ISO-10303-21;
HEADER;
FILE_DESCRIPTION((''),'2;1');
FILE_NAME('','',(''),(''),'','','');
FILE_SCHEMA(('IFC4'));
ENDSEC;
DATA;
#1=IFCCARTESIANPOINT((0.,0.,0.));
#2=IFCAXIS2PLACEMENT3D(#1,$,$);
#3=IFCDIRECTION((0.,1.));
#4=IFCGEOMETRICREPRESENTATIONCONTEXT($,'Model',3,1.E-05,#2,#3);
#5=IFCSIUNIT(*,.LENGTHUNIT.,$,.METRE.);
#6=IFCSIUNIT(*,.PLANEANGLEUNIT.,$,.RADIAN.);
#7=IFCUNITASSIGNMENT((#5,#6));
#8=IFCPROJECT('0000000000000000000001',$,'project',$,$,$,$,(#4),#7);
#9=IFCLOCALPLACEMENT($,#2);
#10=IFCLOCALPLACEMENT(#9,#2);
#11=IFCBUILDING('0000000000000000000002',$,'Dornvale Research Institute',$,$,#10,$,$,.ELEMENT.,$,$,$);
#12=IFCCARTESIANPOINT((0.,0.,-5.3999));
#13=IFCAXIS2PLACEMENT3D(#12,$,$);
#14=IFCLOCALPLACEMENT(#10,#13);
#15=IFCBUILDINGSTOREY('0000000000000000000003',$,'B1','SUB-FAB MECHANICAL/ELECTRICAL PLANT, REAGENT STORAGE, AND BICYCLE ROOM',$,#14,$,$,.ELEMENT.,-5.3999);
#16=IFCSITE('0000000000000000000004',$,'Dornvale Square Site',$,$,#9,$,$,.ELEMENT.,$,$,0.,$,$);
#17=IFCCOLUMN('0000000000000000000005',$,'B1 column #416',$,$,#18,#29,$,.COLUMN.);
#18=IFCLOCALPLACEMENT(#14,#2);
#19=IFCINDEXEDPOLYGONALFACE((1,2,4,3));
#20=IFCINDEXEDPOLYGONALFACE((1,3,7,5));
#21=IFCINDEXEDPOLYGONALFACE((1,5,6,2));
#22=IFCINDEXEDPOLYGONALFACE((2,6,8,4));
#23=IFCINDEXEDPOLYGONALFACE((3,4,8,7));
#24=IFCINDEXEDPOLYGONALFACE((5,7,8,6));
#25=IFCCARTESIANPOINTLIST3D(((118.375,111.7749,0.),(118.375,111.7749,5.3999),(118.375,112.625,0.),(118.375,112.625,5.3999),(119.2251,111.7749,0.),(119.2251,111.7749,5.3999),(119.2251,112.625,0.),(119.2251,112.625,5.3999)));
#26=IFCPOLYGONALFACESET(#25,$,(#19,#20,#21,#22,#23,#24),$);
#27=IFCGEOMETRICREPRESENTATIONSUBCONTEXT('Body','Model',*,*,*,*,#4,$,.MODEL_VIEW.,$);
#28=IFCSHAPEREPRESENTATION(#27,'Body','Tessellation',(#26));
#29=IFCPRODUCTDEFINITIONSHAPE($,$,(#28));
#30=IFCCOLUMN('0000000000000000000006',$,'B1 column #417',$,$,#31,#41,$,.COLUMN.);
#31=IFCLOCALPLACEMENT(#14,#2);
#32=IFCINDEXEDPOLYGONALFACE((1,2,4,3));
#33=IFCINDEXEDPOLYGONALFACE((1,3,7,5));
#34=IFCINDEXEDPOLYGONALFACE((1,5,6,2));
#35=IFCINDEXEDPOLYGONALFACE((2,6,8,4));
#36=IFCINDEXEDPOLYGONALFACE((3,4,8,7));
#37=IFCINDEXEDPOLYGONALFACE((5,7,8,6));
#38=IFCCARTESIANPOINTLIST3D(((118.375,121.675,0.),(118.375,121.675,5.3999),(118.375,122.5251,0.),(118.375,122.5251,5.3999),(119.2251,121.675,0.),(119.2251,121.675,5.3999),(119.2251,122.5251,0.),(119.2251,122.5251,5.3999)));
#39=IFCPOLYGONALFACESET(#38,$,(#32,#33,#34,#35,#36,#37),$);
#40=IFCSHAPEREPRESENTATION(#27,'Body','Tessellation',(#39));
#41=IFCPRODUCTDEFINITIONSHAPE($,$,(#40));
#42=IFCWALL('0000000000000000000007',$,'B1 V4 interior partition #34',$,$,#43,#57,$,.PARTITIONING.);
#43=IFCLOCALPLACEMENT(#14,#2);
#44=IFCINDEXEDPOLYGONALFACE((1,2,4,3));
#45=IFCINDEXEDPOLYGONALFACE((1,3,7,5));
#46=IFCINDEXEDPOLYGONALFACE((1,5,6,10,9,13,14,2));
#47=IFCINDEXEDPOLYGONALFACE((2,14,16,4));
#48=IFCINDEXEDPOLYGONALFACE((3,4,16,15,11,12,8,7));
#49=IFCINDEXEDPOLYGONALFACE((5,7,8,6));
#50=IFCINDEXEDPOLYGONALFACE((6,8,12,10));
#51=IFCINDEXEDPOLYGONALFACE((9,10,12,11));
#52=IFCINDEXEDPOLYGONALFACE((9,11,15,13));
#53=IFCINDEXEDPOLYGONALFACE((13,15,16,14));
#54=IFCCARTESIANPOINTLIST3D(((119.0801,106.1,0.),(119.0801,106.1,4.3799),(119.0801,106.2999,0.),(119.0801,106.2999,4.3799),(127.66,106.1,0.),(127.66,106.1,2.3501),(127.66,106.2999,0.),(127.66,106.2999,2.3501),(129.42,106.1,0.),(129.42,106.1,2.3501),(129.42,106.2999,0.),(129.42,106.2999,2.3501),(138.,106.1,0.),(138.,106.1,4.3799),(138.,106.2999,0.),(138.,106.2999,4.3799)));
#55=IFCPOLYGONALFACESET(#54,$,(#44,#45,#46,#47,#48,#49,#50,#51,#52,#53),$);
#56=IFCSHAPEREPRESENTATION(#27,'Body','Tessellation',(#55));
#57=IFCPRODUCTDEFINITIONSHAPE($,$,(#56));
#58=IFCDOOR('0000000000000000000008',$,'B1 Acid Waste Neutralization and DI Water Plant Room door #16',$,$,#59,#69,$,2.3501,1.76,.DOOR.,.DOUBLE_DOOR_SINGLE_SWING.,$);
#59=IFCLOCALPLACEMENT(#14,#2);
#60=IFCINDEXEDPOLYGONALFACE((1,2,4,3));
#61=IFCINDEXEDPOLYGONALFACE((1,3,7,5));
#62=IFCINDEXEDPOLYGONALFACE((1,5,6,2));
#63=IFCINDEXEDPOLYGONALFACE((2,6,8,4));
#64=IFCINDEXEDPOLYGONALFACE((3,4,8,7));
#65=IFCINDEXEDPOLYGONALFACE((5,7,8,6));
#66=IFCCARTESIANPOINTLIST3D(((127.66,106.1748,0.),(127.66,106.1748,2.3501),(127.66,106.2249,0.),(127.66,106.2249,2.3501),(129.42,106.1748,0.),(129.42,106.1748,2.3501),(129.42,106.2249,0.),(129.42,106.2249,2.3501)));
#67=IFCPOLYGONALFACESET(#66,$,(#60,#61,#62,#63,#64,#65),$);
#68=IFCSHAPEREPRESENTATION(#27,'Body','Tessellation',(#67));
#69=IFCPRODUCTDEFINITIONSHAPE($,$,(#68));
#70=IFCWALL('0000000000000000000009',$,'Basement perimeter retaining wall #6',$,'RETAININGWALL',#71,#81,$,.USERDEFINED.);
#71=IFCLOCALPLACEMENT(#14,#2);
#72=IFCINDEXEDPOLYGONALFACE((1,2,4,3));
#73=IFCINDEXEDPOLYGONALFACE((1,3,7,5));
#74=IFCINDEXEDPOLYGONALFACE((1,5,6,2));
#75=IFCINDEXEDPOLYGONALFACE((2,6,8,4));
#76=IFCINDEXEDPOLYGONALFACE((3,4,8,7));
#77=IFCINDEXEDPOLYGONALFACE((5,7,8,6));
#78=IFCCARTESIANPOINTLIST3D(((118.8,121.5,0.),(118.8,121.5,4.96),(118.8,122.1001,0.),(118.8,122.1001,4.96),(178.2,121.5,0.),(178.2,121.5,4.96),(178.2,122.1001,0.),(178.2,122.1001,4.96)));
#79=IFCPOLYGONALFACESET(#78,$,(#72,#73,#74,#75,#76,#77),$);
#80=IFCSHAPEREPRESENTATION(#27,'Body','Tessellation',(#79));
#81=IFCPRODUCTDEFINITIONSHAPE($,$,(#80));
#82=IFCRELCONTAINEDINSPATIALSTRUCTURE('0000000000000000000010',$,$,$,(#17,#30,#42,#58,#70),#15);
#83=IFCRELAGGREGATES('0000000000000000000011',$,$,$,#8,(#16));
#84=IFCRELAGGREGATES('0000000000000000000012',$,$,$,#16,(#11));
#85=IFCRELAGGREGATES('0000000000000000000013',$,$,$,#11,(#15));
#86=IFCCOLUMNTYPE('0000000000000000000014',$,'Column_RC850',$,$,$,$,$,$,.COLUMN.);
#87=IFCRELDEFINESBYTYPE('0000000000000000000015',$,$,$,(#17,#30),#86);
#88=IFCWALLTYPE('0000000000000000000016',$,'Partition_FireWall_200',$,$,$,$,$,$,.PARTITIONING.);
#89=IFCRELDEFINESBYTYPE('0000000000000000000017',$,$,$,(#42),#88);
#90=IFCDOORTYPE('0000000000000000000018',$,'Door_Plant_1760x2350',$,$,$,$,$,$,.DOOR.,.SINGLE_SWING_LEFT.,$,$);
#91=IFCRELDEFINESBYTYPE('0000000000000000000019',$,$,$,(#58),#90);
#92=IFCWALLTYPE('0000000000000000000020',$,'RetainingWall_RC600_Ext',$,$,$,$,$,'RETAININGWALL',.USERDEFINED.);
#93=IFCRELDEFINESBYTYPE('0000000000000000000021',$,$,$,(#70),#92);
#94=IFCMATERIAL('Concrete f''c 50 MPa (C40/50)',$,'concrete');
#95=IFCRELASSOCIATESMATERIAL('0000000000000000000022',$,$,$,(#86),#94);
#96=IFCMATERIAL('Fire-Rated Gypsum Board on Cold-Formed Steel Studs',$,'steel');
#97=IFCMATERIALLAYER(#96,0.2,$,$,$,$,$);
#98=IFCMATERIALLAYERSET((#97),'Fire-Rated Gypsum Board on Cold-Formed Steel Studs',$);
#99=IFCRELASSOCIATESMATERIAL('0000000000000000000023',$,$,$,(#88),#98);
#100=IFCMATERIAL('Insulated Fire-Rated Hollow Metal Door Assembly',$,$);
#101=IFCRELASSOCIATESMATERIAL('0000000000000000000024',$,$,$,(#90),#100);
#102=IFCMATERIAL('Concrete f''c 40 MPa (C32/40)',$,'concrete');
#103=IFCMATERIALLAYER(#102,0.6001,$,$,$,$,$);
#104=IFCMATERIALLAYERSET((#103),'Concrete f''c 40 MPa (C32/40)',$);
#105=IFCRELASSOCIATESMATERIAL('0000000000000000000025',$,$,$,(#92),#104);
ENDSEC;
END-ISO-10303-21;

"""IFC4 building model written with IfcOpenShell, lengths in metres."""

from ifc_helpers import new_model, si_unit, direction, frame, frame_2d, origin, origin_2d, place, context, subcontext, project, spatial, rectangle, extrude, material, layer, layer_set, material_profile, profile_set, type_object, element, fill, save


model = new_model("IFC4")

# Units and contexts
model_context = context("Model", 3, precision=1e-05, world=origin(), true_north=direction((0.0, 1.0)))
body_context = subcontext(model_context, "Body", "Model", "MODEL_VIEW")
ifc_project = project(units=[si_unit("LENGTHUNIT", "METRE"), si_unit("PLANEANGLEUNIT", "RADIAN")], contexts=[model_context])

# Site, building, storey
site_placement = place(None, origin())
site = spatial("IfcSite", under=ifc_project, at=site_placement, Name="Dornvale Square Site", CompositionType="ELEMENT", RefElevation=0.0)
building_placement = place(site_placement, origin())
building = spatial("IfcBuilding", under=site, at=building_placement, Name="Dornvale Research Institute", CompositionType="ELEMENT")
storey_placement = place(building_placement, frame((0.0, 0.0, -5.3999)))
storey = spatial("IfcBuildingStorey", under=building, at=storey_placement, Name="B1", Description="SUB-FAB MECHANICAL/ELECTRICAL PLANT, REAGENT STORAGE, AND BICYCLE ROOM", CompositionType="ELEMENT", Elevation=-5.3999)

# Columns
ifc_material_1 = material(Name="Concrete f'c 50 MPa (C40/50)", Category="concrete")
ifc_material_profile_1 = material_profile(ifc_material_1, rectangle(XDim=0.8501, YDim=0.8501, at=origin_2d()), Name="RC 850x850")
ifc_profile_set_1 = profile_set([ifc_material_profile_1], Name="Concrete f'c 50 MPa (C40/50)")
column_type_1 = type_object("IfcColumnType", Name="Column_RC850", PredefinedType="COLUMN", material=ifc_profile_set_1)
for number, where, z_axis, x_axis, name in (
    (1, (118.8, 112.2, 0.0), (0.0, 0.0, 1.0), (1.0, 0.0, 0.0), "B1 column #416"),
    (2, (118.8, 122.1001, 0.0), (0.0, 0.0, 1.0), (1.0, 0.0, 0.0), "B1 column #417"),
):
    element("IfcColumn", number, at=place(storey_placement, frame(where, z_axis=z_axis, x_axis=x_axis)), inside=storey, type_object=column_type_1, Name=name, PredefinedType="COLUMN", context=body_context, shape_type="SweptSolid", body=[
        extrude(rectangle(XDim=0.8501, YDim=0.8501, at=origin_2d()), origin(), (0.0, 0.0, 1.0), 5.3999),
    ])

# Wall, opening, door
ifc_material_2 = material(Name="Fire-Rated Gypsum Board on Cold-Formed Steel Studs", Category="steel")
ifc_layer_1 = layer(ifc_material_2, 0.2)
ifc_layer_set_1 = layer_set([ifc_layer_1], Name="Fire-Rated Gypsum Board on Cold-Formed Steel Studs")
wall_type_1 = type_object("IfcWallType", Name="Partition_FireWall_200", PredefinedType="PARTITIONING", material=ifc_layer_set_1)
wall_1_placement = place(storey_placement, frame((119.0801, 106.2, 0.0), z_axis=(0.0, 0.0, 1.0), x_axis=(1.0, 0.0, 0.0)))
wall_1 = element("IfcWall", 3, at=wall_1_placement, inside=storey, type_object=wall_type_1, Name="B1 V4 interior partition #34", PredefinedType="PARTITIONING", context=body_context, shape_type="SweptSolid", body=[
    extrude(rectangle(XDim=18.9199, YDim=0.2, at=frame_2d((9.46, 0.0))), origin(), (0.0, 0.0, 1.0), 4.3799),
])
opening_placement = place(wall_1_placement, frame((8.5801, 0.0, 0.0)))
opening = element("IfcOpeningElement", 4, at=opening_placement, cuts=wall_1, PredefinedType="OPENING", context=body_context, shape_type="SweptSolid", body=[
    extrude(rectangle(XDim=1.76, YDim=2.3501, at=frame_2d((0.8799, 1.175))), frame((0.0, 0.115, 0.0), z_axis=(0.0, -1.0, 0.0), x_axis=(1.0, 0.0, 0.0)), (0.0, 0.0, 1.0), 0.23),
])
ifc_material_3 = material(Name="Insulated Fire-Rated Hollow Metal Door Assembly")
door_type = type_object("IfcDoorType", Name="Door_Plant_1760x2350", OperationType="SINGLE_SWING_LEFT", PredefinedType="DOOR", material=ifc_material_3)
door_placement = place(opening_placement, origin())
door = element("IfcDoor", 5, at=door_placement, inside=storey, type_object=door_type, Name="B1 Acid Waste Neutralization and DI Water Plant Room door #16", OperationType="DOUBLE_DOOR_SINGLE_SWING", OverallHeight=2.3501, OverallWidth=1.76, PredefinedType="DOOR", context=body_context, shape_type="SweptSolid", body=[
    extrude(rectangle(XDim=1.76, YDim=2.3501, at=frame_2d((0.8799, 1.175))), frame((0.0, 0.0249, 0.0), z_axis=(0.0, -1.0, 0.0), x_axis=(1.0, 0.0, 0.0)), (0.0, 0.0, 1.0), 0.05),
])
fill(opening, door)

# Wall
ifc_material_4 = material(Name="Concrete f'c 40 MPa (C32/40)", Category="concrete")
ifc_layer_2 = layer(ifc_material_4, 0.6001)
ifc_layer_set_2 = layer_set([ifc_layer_2], Name="Concrete f'c 40 MPa (C32/40)")
wall_type_2 = type_object("IfcWallType", Name="RetainingWall_RC600_Ext", ElementType="RETAININGWALL", PredefinedType="USERDEFINED", material=ifc_layer_set_2)
wall_2_placement = place(storey_placement, frame((118.8, 121.8, 0.0), z_axis=(0.0, 0.0, 1.0), x_axis=(1.0, 0.0, 0.0)))
element("IfcWall", 6, at=wall_2_placement, inside=storey, type_object=wall_type_2, Name="Basement perimeter retaining wall #6", ObjectType="RETAININGWALL", PredefinedType="USERDEFINED", context=body_context, shape_type="SweptSolid", body=[
    extrude(rectangle(XDim=59.3999, YDim=0.6001, at=frame_2d((29.7, 0.0))), origin(), (0.0, 0.0, 1.0), 4.96),
])

save(model, "model.ifc")
